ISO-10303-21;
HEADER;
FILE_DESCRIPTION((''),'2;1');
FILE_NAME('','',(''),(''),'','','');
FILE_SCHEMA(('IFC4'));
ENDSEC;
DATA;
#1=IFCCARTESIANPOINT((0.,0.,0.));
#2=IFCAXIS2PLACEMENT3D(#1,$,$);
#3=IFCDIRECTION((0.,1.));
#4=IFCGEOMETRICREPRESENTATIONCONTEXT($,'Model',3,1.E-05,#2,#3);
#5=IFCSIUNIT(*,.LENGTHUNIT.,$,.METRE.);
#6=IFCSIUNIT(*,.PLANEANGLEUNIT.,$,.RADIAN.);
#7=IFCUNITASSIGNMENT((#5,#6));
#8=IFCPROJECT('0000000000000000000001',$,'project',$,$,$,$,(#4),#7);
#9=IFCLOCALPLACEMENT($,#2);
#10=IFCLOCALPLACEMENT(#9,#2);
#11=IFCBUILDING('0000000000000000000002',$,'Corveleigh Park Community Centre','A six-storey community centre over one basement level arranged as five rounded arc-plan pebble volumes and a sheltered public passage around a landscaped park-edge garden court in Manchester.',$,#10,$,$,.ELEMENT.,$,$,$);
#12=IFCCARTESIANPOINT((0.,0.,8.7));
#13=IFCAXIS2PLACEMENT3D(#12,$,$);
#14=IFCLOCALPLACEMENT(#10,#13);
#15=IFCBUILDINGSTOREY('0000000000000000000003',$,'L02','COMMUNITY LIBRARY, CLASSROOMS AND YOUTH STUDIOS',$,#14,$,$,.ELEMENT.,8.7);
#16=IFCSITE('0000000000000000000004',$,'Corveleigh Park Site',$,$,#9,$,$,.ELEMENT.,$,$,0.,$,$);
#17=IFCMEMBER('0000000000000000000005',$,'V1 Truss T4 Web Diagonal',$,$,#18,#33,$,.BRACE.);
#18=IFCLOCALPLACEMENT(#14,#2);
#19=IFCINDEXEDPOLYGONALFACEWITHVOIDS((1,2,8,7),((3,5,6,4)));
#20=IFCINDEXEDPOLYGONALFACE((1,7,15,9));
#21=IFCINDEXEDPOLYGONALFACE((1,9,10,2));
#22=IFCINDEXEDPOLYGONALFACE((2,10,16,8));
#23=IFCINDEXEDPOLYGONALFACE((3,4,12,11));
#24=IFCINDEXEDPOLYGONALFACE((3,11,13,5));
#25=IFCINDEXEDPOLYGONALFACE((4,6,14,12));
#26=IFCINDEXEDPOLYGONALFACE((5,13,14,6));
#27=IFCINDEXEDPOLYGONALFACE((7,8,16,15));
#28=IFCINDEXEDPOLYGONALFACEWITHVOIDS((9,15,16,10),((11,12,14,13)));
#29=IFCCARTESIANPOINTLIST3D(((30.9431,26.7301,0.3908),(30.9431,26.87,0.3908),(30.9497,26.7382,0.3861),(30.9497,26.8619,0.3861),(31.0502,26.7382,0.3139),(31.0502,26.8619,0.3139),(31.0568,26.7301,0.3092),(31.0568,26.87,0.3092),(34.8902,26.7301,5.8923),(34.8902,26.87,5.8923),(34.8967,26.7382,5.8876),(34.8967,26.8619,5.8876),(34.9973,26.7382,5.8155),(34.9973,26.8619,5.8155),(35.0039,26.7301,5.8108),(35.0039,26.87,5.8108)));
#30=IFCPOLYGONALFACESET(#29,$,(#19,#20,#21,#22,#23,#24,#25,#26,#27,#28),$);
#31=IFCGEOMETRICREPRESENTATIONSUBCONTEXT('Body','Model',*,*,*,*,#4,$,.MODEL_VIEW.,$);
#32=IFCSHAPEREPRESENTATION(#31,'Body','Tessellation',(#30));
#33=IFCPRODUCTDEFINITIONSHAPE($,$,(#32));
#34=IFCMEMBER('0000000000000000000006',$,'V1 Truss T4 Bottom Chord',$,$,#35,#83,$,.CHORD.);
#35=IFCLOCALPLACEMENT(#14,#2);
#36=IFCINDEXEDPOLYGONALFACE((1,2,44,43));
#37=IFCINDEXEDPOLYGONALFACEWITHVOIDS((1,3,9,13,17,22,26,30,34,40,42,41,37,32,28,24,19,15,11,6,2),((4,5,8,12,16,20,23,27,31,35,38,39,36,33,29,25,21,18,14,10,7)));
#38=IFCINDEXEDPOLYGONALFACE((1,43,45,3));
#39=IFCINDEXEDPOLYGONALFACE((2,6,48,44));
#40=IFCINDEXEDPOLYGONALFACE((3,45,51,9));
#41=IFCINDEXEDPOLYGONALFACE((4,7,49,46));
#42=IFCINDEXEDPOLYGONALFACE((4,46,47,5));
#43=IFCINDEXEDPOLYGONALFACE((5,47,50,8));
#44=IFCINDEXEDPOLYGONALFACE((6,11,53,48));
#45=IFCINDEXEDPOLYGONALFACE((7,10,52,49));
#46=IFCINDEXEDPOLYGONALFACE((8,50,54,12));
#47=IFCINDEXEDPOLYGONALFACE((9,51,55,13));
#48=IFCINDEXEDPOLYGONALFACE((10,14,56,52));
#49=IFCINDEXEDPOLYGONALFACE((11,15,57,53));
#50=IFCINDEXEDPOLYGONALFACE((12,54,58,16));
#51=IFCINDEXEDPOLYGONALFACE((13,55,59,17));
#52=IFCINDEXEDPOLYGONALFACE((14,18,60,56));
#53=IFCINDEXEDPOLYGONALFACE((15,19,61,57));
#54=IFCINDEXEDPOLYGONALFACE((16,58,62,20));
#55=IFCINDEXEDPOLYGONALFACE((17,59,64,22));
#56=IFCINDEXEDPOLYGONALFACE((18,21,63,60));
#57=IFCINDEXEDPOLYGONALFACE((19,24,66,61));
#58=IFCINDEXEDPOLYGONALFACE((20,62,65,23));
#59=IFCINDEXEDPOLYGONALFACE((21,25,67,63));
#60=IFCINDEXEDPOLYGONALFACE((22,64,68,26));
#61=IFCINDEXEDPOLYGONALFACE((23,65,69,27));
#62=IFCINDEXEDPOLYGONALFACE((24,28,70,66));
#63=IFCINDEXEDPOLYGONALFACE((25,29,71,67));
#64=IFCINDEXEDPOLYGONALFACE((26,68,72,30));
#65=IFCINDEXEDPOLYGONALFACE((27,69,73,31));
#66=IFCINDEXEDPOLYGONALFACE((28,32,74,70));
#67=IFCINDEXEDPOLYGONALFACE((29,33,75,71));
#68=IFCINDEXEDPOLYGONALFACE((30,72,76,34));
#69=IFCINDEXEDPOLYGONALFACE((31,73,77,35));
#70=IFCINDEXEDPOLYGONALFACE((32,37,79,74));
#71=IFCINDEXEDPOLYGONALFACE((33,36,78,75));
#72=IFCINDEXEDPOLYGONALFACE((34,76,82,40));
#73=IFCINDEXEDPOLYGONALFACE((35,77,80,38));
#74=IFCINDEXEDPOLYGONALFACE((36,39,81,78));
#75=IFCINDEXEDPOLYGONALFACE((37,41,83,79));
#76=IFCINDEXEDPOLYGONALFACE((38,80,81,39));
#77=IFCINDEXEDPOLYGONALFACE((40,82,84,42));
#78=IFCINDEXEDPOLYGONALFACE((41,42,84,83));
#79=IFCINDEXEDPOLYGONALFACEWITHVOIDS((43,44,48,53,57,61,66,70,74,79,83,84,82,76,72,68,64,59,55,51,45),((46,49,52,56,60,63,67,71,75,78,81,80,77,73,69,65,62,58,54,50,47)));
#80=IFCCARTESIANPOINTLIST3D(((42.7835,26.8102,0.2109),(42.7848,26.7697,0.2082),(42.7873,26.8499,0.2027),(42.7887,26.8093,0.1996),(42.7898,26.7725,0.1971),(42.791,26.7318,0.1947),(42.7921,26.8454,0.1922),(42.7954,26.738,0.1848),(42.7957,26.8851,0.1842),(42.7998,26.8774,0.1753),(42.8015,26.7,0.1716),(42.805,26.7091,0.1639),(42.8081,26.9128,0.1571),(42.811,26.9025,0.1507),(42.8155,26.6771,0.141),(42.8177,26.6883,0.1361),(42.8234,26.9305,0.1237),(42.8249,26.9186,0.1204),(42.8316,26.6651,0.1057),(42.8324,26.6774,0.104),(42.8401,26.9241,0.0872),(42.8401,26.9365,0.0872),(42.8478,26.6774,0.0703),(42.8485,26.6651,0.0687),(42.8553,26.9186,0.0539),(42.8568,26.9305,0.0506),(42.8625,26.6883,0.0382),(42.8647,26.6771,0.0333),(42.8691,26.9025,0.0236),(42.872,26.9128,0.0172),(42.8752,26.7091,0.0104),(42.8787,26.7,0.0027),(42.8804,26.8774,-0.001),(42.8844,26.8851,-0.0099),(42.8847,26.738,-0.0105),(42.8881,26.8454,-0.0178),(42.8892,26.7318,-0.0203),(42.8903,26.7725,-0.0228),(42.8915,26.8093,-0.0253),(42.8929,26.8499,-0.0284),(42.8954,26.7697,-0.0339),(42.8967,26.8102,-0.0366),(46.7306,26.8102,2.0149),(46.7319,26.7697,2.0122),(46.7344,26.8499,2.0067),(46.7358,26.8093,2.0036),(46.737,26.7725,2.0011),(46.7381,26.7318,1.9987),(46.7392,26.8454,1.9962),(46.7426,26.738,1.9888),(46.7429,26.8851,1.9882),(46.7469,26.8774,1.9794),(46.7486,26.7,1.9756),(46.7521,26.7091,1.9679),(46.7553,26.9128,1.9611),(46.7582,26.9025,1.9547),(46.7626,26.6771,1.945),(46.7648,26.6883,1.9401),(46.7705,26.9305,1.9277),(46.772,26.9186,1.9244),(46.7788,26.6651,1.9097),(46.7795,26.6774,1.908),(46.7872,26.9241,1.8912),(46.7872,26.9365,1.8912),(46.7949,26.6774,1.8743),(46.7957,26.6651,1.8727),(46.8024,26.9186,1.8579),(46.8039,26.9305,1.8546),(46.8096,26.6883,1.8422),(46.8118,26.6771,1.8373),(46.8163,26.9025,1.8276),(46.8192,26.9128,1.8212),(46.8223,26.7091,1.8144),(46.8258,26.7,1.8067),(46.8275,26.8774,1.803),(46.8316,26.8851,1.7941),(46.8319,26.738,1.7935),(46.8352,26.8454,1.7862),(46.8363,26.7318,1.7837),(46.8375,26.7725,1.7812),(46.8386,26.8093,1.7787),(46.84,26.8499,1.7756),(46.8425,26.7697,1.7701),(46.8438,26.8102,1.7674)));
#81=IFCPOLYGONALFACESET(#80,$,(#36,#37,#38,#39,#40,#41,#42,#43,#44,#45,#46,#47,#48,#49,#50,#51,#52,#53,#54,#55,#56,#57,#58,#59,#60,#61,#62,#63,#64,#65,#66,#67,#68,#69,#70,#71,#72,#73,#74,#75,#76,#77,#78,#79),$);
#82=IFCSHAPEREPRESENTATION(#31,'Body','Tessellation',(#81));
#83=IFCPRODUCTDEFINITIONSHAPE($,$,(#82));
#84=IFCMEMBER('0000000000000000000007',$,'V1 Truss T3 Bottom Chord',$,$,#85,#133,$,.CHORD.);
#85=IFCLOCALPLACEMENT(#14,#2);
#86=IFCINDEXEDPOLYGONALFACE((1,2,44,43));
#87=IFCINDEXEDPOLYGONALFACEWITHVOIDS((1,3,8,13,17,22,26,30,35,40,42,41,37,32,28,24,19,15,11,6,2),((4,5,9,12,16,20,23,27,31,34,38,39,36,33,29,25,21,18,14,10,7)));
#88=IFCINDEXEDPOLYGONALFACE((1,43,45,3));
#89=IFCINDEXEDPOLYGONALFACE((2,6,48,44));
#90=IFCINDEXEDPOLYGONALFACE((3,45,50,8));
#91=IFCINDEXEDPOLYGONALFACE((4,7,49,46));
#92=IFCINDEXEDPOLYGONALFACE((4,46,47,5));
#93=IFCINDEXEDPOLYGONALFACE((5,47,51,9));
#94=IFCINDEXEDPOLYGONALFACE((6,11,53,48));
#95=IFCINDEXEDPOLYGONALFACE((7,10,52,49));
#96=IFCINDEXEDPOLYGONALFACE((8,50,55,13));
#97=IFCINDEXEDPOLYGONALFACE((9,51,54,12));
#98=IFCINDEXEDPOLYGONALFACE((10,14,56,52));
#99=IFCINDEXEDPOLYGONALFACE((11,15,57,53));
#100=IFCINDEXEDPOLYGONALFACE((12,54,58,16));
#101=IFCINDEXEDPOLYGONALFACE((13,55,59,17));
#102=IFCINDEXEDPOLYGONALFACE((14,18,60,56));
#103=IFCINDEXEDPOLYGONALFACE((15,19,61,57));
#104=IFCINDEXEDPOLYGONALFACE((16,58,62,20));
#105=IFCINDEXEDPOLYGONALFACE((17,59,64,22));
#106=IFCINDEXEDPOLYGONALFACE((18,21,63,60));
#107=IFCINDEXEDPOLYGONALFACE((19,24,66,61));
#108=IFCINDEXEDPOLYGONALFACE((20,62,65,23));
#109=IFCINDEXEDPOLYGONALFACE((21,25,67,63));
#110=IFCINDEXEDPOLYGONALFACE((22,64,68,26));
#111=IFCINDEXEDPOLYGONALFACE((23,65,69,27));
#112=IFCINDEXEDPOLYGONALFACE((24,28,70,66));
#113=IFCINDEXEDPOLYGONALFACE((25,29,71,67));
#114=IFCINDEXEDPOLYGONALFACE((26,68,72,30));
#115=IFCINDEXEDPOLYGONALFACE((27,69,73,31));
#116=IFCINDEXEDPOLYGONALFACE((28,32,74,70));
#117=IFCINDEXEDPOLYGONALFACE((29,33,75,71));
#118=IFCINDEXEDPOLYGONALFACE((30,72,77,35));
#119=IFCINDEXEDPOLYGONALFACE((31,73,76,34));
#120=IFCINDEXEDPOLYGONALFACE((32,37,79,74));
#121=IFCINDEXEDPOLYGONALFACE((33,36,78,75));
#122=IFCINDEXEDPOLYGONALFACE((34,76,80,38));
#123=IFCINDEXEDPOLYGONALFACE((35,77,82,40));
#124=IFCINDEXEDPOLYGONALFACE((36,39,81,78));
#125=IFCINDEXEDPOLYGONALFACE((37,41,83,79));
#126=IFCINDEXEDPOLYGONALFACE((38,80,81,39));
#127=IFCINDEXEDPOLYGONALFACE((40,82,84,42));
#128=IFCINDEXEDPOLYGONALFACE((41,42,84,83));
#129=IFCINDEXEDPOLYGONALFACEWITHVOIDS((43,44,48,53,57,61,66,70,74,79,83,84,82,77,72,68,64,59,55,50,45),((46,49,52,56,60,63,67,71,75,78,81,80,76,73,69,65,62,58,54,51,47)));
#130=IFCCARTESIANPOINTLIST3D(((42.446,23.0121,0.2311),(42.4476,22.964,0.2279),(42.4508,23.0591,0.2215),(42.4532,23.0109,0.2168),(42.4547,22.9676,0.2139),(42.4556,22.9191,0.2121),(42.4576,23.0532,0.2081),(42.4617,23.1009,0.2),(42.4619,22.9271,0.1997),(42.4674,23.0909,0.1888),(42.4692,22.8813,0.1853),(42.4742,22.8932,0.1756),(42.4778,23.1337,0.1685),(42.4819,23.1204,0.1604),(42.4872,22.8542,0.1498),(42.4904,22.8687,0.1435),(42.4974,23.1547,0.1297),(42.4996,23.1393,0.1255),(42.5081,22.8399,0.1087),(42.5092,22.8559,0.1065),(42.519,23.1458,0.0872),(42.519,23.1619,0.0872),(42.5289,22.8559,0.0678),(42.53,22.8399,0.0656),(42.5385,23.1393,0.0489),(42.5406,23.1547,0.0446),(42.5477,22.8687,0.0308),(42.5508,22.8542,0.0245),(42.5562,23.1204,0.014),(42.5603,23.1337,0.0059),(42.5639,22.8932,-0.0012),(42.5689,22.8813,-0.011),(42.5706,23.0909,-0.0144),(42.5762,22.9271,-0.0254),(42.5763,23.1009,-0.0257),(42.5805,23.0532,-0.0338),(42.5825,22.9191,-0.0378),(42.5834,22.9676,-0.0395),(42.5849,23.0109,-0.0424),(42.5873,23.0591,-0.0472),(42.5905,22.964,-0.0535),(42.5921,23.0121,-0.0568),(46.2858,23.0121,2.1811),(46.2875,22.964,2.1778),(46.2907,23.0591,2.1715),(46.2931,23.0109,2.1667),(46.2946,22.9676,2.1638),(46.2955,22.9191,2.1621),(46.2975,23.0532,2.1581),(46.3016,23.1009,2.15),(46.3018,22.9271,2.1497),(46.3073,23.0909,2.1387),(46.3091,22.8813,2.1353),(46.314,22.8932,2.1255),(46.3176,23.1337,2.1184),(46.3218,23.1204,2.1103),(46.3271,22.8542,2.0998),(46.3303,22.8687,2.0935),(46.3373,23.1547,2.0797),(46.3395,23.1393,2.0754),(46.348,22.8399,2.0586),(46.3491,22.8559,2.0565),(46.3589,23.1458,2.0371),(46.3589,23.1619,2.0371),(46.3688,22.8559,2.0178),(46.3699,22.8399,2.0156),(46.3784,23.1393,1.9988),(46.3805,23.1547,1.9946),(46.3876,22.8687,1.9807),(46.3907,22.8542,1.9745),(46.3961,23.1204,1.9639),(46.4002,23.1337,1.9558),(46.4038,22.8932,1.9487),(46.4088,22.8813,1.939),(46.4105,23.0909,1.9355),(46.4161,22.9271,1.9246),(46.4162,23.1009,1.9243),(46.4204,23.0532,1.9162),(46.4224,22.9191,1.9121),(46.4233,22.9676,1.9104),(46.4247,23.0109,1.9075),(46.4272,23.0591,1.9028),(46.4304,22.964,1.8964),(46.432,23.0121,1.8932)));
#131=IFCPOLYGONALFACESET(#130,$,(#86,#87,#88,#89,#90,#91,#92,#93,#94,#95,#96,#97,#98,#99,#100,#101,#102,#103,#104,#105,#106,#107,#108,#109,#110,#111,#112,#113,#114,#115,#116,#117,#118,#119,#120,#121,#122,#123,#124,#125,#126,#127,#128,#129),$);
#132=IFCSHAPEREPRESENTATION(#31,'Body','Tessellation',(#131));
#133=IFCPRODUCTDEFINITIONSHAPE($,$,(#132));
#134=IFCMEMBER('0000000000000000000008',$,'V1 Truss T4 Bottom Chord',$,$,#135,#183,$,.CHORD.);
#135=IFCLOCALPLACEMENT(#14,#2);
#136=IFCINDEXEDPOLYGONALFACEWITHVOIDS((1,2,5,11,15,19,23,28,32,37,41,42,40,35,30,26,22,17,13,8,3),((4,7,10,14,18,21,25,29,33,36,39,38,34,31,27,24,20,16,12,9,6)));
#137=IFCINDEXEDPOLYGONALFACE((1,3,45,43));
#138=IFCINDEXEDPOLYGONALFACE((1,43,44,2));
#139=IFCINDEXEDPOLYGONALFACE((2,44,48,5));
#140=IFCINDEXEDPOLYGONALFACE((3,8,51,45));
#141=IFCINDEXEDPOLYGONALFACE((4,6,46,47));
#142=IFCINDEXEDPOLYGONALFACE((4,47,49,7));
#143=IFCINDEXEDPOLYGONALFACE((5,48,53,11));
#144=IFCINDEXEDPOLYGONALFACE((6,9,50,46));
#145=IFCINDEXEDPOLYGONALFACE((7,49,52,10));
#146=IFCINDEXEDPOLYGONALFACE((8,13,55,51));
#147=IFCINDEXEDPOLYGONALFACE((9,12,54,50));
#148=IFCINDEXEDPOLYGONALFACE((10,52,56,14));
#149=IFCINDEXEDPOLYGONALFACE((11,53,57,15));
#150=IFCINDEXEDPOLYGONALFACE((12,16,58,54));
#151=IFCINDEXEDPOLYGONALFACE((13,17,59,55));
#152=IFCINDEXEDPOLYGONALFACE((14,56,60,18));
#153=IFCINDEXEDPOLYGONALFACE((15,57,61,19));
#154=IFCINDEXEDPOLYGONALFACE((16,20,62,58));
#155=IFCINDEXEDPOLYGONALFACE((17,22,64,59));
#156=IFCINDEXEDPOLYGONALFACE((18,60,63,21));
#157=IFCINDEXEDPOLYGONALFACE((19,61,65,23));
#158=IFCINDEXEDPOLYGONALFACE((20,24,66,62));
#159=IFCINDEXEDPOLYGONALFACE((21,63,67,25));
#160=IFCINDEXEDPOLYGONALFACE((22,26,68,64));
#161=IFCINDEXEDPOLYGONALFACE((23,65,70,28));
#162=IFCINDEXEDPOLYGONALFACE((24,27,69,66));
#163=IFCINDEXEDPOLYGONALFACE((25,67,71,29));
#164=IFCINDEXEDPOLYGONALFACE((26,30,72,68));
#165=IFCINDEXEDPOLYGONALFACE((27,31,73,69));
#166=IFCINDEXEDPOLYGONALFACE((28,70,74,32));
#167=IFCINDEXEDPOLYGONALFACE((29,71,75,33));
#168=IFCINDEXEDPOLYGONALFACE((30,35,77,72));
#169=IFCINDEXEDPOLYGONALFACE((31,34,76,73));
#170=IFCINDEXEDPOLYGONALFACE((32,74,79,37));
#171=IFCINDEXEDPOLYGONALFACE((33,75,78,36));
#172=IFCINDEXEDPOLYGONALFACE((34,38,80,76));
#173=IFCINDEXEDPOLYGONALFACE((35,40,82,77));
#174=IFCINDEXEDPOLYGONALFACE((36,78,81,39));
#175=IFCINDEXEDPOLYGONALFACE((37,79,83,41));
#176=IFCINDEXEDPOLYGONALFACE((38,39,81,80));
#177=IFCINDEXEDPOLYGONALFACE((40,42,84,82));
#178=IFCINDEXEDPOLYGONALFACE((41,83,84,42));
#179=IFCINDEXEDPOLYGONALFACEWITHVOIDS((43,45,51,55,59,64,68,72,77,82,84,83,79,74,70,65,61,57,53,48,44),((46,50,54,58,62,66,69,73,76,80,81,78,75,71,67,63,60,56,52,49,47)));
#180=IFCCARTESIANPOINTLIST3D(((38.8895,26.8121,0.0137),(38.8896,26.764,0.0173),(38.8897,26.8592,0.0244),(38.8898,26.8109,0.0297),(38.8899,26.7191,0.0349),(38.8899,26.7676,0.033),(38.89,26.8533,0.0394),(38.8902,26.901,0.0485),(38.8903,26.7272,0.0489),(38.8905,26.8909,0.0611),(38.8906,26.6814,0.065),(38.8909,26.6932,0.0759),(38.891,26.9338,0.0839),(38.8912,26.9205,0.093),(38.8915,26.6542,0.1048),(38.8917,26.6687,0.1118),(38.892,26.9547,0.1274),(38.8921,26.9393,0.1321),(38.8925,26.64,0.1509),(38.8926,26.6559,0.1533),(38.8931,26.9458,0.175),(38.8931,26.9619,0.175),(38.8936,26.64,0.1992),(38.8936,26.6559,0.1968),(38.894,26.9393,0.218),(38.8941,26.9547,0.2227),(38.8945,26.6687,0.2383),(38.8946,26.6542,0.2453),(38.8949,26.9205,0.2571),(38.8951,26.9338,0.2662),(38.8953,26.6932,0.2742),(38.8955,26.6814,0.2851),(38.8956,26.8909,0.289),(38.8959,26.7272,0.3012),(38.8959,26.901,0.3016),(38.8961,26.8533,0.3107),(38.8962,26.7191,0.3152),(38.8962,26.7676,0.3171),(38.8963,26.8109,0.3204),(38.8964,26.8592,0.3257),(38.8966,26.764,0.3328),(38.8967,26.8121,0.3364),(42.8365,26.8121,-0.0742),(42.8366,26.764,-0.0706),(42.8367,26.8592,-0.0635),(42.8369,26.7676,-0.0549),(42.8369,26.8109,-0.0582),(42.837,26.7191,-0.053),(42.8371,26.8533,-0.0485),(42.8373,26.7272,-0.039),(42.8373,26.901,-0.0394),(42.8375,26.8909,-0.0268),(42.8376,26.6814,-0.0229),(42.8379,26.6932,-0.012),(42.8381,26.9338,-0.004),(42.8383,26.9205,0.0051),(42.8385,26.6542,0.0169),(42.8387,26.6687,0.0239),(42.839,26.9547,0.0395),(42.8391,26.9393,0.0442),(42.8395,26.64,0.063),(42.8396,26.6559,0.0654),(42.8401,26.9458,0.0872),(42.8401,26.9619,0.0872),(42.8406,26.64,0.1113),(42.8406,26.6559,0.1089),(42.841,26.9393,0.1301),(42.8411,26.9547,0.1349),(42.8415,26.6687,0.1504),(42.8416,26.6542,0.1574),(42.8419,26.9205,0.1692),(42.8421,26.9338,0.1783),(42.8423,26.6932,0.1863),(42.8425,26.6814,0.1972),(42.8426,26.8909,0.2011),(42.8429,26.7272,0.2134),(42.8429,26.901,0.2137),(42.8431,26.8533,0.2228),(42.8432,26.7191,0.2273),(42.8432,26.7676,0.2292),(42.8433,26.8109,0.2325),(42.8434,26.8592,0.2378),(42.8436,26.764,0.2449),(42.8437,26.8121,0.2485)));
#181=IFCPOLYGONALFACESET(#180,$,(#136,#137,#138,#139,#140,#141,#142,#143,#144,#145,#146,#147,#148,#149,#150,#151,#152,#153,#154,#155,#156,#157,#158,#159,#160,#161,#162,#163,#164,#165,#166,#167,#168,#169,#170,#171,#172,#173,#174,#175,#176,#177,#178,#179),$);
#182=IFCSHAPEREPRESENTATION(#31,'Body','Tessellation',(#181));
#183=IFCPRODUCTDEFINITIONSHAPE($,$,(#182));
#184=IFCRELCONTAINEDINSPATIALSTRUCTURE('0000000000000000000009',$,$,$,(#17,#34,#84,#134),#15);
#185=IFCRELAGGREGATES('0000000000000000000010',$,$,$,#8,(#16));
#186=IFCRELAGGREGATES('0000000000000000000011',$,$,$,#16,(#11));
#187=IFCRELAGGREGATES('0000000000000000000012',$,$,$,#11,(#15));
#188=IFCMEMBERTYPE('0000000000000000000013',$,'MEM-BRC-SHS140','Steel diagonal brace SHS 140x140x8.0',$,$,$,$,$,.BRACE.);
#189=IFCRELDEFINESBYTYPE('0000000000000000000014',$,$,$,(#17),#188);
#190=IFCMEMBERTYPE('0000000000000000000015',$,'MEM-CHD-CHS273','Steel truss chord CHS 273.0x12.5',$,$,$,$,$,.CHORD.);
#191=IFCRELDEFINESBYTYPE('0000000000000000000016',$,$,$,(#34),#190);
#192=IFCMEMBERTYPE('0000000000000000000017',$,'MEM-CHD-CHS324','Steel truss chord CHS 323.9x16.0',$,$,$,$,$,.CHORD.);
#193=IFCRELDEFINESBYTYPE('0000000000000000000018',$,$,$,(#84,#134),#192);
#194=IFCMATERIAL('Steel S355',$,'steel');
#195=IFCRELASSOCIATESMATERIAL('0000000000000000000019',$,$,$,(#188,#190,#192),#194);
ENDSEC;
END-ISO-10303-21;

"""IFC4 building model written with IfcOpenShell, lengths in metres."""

from ifc_helpers import new_model, si_unit, direction, frame, origin, origin_2d, place, context, subcontext, project, spatial, hollow_rectangle, hollow_circle, extrude, material, material_profile, profile_set, type_object, element, save


model = new_model("IFC4")

# Units and contexts
model_context = context("Model", 3, precision=1e-05, world=origin(), true_north=direction((0.0, 1.0)))
body_context = subcontext(model_context, "Body", "Model", "MODEL_VIEW")
ifc_project = project(units=[si_unit("LENGTHUNIT", "METRE"), si_unit("PLANEANGLEUNIT", "RADIAN")], contexts=[model_context])

# Site, building, storey
site_placement = place(None, origin())
site = spatial("IfcSite", under=ifc_project, at=site_placement, Name="Corveleigh Park Site", CompositionType="ELEMENT", RefElevation=0.0)
building_placement = place(site_placement, origin())
building = spatial("IfcBuilding", under=site, at=building_placement, Name="Corveleigh Park Community Centre", Description="A six-storey community centre over one basement level arranged as five rounded arc-plan pebble volumes and a sheltered public passage around a landscaped park-edge garden court in Manchester.", CompositionType="ELEMENT")
storey_placement = place(building_placement, frame((0.0, 0.0, 8.7)))
storey = spatial("IfcBuildingStorey", under=building, at=storey_placement, Name="L02", Description="COMMUNITY LIBRARY, CLASSROOMS AND YOUTH STUDIOS", CompositionType="ELEMENT", Elevation=8.7)

# Members
ifc_material_1 = material(Name="Steel S355", Category="steel")
ifc_material_profile_1 = material_profile(ifc_material_1, hollow_rectangle(XDim=0.1399, YDim=0.1399, WallThickness=0.0081, at=origin_2d()), Name="SHS 140x140x8.0", Category="steel")
ifc_profile_set_1 = profile_set([ifc_material_profile_1], Name="Steel S355")
member_type_1 = type_object("IfcMemberType", Name="MEM-BRC-SHS140", Description="Steel diagonal brace SHS 140x140x8.0", PredefinedType="BRACE", material=ifc_profile_set_1)
member_1_placement = place(storey_placement, frame((34.947, 26.8, 5.8516), z_axis=(-0.582939, 0.0, -0.812516), x_axis=(0.0, -1.0, 0.0)))
element("IfcMember", 1, at=member_1_placement, inside=storey, type_object=member_type_1, Name="V1 Truss T4 Web Diagonal", PredefinedType="BRACE", context=body_context, shape_type="SweptSolid", body=[
    extrude(hollow_rectangle(XDim=0.1399, YDim=0.1399, WallThickness=0.0081, at=origin_2d()), origin(), (0.0, 0.0, 1.0), 6.771),
])
ifc_material_profile_2 = material_profile(ifc_material_1, hollow_circle(Radius=0.1365, WallThickness=0.0125, at=origin_2d()), Name="CHS 273.0x12.5", Category="steel")
ifc_profile_set_2 = profile_set([ifc_material_profile_2], Name="Steel S355")
member_type_2 = type_object("IfcMemberType", Name="MEM-CHD-CHS273", Description="Steel truss chord CHS 273.0x12.5", PredefinedType="CHORD", material=ifc_profile_set_2)
member_2_placement = place(storey_placement, frame((42.8401, 26.8, 0.0872), z_axis=(0.909509, 0.0, 0.415684), x_axis=(0.0, 1.0, 0.0)))
element("IfcMember", 2, at=member_2_placement, inside=storey, type_object=member_type_2, Name="V1 Truss T4 Bottom Chord", PredefinedType="CHORD", context=body_context, shape_type="SweptSolid", body=[
    extrude(hollow_circle(Radius=0.1365, WallThickness=0.0125, at=origin_2d()), origin(), (0.0, 0.0, 1.0), 4.3398),
])
ifc_material_profile_3 = material_profile(ifc_material_1, hollow_circle(Radius=0.1619, WallThickness=0.0161, at=origin_2d()), Name="CHS 323.9x16.0", Category="steel")
ifc_profile_set_3 = profile_set([ifc_material_profile_3], Name="Steel S355")
member_type_3 = type_object("IfcMemberType", Name="MEM-CHD-CHS324", Description="Steel truss chord CHS 323.9x16.0", PredefinedType="CHORD", material=ifc_profile_set_3)
member_3_placement = place(storey_placement, frame((42.519, 23.0, 0.0872), z_axis=(0.891621, 0.0, 0.452783), x_axis=(0.0, 1.0, 0.0)))
element("IfcMember", 3, at=member_3_placement, inside=storey, type_object=member_type_3, Name="V1 Truss T3 Bottom Chord", PredefinedType="CHORD", context=body_context, shape_type="SweptSolid", body=[
    extrude(hollow_circle(Radius=0.1619, WallThickness=0.0161, at=origin_2d()), origin(), (0.0, 0.0, 1.0), 4.3066),
])
member_4_placement = place(storey_placement, frame((38.8931, 26.8, 0.175), z_axis=(0.999752, 0.0, -0.022262), x_axis=(0.0, 1.0, 0.0)))
element("IfcMember", 4, at=member_4_placement, inside=storey, type_object=member_type_3, Name="V1 Truss T4 Bottom Chord", PredefinedType="CHORD", context=body_context, shape_type="SweptSolid", body=[
    extrude(hollow_circle(Radius=0.1619, WallThickness=0.0161, at=origin_2d()), origin(), (0.0, 0.0, 1.0), 3.948),
])

save(model, "model.ifc")
